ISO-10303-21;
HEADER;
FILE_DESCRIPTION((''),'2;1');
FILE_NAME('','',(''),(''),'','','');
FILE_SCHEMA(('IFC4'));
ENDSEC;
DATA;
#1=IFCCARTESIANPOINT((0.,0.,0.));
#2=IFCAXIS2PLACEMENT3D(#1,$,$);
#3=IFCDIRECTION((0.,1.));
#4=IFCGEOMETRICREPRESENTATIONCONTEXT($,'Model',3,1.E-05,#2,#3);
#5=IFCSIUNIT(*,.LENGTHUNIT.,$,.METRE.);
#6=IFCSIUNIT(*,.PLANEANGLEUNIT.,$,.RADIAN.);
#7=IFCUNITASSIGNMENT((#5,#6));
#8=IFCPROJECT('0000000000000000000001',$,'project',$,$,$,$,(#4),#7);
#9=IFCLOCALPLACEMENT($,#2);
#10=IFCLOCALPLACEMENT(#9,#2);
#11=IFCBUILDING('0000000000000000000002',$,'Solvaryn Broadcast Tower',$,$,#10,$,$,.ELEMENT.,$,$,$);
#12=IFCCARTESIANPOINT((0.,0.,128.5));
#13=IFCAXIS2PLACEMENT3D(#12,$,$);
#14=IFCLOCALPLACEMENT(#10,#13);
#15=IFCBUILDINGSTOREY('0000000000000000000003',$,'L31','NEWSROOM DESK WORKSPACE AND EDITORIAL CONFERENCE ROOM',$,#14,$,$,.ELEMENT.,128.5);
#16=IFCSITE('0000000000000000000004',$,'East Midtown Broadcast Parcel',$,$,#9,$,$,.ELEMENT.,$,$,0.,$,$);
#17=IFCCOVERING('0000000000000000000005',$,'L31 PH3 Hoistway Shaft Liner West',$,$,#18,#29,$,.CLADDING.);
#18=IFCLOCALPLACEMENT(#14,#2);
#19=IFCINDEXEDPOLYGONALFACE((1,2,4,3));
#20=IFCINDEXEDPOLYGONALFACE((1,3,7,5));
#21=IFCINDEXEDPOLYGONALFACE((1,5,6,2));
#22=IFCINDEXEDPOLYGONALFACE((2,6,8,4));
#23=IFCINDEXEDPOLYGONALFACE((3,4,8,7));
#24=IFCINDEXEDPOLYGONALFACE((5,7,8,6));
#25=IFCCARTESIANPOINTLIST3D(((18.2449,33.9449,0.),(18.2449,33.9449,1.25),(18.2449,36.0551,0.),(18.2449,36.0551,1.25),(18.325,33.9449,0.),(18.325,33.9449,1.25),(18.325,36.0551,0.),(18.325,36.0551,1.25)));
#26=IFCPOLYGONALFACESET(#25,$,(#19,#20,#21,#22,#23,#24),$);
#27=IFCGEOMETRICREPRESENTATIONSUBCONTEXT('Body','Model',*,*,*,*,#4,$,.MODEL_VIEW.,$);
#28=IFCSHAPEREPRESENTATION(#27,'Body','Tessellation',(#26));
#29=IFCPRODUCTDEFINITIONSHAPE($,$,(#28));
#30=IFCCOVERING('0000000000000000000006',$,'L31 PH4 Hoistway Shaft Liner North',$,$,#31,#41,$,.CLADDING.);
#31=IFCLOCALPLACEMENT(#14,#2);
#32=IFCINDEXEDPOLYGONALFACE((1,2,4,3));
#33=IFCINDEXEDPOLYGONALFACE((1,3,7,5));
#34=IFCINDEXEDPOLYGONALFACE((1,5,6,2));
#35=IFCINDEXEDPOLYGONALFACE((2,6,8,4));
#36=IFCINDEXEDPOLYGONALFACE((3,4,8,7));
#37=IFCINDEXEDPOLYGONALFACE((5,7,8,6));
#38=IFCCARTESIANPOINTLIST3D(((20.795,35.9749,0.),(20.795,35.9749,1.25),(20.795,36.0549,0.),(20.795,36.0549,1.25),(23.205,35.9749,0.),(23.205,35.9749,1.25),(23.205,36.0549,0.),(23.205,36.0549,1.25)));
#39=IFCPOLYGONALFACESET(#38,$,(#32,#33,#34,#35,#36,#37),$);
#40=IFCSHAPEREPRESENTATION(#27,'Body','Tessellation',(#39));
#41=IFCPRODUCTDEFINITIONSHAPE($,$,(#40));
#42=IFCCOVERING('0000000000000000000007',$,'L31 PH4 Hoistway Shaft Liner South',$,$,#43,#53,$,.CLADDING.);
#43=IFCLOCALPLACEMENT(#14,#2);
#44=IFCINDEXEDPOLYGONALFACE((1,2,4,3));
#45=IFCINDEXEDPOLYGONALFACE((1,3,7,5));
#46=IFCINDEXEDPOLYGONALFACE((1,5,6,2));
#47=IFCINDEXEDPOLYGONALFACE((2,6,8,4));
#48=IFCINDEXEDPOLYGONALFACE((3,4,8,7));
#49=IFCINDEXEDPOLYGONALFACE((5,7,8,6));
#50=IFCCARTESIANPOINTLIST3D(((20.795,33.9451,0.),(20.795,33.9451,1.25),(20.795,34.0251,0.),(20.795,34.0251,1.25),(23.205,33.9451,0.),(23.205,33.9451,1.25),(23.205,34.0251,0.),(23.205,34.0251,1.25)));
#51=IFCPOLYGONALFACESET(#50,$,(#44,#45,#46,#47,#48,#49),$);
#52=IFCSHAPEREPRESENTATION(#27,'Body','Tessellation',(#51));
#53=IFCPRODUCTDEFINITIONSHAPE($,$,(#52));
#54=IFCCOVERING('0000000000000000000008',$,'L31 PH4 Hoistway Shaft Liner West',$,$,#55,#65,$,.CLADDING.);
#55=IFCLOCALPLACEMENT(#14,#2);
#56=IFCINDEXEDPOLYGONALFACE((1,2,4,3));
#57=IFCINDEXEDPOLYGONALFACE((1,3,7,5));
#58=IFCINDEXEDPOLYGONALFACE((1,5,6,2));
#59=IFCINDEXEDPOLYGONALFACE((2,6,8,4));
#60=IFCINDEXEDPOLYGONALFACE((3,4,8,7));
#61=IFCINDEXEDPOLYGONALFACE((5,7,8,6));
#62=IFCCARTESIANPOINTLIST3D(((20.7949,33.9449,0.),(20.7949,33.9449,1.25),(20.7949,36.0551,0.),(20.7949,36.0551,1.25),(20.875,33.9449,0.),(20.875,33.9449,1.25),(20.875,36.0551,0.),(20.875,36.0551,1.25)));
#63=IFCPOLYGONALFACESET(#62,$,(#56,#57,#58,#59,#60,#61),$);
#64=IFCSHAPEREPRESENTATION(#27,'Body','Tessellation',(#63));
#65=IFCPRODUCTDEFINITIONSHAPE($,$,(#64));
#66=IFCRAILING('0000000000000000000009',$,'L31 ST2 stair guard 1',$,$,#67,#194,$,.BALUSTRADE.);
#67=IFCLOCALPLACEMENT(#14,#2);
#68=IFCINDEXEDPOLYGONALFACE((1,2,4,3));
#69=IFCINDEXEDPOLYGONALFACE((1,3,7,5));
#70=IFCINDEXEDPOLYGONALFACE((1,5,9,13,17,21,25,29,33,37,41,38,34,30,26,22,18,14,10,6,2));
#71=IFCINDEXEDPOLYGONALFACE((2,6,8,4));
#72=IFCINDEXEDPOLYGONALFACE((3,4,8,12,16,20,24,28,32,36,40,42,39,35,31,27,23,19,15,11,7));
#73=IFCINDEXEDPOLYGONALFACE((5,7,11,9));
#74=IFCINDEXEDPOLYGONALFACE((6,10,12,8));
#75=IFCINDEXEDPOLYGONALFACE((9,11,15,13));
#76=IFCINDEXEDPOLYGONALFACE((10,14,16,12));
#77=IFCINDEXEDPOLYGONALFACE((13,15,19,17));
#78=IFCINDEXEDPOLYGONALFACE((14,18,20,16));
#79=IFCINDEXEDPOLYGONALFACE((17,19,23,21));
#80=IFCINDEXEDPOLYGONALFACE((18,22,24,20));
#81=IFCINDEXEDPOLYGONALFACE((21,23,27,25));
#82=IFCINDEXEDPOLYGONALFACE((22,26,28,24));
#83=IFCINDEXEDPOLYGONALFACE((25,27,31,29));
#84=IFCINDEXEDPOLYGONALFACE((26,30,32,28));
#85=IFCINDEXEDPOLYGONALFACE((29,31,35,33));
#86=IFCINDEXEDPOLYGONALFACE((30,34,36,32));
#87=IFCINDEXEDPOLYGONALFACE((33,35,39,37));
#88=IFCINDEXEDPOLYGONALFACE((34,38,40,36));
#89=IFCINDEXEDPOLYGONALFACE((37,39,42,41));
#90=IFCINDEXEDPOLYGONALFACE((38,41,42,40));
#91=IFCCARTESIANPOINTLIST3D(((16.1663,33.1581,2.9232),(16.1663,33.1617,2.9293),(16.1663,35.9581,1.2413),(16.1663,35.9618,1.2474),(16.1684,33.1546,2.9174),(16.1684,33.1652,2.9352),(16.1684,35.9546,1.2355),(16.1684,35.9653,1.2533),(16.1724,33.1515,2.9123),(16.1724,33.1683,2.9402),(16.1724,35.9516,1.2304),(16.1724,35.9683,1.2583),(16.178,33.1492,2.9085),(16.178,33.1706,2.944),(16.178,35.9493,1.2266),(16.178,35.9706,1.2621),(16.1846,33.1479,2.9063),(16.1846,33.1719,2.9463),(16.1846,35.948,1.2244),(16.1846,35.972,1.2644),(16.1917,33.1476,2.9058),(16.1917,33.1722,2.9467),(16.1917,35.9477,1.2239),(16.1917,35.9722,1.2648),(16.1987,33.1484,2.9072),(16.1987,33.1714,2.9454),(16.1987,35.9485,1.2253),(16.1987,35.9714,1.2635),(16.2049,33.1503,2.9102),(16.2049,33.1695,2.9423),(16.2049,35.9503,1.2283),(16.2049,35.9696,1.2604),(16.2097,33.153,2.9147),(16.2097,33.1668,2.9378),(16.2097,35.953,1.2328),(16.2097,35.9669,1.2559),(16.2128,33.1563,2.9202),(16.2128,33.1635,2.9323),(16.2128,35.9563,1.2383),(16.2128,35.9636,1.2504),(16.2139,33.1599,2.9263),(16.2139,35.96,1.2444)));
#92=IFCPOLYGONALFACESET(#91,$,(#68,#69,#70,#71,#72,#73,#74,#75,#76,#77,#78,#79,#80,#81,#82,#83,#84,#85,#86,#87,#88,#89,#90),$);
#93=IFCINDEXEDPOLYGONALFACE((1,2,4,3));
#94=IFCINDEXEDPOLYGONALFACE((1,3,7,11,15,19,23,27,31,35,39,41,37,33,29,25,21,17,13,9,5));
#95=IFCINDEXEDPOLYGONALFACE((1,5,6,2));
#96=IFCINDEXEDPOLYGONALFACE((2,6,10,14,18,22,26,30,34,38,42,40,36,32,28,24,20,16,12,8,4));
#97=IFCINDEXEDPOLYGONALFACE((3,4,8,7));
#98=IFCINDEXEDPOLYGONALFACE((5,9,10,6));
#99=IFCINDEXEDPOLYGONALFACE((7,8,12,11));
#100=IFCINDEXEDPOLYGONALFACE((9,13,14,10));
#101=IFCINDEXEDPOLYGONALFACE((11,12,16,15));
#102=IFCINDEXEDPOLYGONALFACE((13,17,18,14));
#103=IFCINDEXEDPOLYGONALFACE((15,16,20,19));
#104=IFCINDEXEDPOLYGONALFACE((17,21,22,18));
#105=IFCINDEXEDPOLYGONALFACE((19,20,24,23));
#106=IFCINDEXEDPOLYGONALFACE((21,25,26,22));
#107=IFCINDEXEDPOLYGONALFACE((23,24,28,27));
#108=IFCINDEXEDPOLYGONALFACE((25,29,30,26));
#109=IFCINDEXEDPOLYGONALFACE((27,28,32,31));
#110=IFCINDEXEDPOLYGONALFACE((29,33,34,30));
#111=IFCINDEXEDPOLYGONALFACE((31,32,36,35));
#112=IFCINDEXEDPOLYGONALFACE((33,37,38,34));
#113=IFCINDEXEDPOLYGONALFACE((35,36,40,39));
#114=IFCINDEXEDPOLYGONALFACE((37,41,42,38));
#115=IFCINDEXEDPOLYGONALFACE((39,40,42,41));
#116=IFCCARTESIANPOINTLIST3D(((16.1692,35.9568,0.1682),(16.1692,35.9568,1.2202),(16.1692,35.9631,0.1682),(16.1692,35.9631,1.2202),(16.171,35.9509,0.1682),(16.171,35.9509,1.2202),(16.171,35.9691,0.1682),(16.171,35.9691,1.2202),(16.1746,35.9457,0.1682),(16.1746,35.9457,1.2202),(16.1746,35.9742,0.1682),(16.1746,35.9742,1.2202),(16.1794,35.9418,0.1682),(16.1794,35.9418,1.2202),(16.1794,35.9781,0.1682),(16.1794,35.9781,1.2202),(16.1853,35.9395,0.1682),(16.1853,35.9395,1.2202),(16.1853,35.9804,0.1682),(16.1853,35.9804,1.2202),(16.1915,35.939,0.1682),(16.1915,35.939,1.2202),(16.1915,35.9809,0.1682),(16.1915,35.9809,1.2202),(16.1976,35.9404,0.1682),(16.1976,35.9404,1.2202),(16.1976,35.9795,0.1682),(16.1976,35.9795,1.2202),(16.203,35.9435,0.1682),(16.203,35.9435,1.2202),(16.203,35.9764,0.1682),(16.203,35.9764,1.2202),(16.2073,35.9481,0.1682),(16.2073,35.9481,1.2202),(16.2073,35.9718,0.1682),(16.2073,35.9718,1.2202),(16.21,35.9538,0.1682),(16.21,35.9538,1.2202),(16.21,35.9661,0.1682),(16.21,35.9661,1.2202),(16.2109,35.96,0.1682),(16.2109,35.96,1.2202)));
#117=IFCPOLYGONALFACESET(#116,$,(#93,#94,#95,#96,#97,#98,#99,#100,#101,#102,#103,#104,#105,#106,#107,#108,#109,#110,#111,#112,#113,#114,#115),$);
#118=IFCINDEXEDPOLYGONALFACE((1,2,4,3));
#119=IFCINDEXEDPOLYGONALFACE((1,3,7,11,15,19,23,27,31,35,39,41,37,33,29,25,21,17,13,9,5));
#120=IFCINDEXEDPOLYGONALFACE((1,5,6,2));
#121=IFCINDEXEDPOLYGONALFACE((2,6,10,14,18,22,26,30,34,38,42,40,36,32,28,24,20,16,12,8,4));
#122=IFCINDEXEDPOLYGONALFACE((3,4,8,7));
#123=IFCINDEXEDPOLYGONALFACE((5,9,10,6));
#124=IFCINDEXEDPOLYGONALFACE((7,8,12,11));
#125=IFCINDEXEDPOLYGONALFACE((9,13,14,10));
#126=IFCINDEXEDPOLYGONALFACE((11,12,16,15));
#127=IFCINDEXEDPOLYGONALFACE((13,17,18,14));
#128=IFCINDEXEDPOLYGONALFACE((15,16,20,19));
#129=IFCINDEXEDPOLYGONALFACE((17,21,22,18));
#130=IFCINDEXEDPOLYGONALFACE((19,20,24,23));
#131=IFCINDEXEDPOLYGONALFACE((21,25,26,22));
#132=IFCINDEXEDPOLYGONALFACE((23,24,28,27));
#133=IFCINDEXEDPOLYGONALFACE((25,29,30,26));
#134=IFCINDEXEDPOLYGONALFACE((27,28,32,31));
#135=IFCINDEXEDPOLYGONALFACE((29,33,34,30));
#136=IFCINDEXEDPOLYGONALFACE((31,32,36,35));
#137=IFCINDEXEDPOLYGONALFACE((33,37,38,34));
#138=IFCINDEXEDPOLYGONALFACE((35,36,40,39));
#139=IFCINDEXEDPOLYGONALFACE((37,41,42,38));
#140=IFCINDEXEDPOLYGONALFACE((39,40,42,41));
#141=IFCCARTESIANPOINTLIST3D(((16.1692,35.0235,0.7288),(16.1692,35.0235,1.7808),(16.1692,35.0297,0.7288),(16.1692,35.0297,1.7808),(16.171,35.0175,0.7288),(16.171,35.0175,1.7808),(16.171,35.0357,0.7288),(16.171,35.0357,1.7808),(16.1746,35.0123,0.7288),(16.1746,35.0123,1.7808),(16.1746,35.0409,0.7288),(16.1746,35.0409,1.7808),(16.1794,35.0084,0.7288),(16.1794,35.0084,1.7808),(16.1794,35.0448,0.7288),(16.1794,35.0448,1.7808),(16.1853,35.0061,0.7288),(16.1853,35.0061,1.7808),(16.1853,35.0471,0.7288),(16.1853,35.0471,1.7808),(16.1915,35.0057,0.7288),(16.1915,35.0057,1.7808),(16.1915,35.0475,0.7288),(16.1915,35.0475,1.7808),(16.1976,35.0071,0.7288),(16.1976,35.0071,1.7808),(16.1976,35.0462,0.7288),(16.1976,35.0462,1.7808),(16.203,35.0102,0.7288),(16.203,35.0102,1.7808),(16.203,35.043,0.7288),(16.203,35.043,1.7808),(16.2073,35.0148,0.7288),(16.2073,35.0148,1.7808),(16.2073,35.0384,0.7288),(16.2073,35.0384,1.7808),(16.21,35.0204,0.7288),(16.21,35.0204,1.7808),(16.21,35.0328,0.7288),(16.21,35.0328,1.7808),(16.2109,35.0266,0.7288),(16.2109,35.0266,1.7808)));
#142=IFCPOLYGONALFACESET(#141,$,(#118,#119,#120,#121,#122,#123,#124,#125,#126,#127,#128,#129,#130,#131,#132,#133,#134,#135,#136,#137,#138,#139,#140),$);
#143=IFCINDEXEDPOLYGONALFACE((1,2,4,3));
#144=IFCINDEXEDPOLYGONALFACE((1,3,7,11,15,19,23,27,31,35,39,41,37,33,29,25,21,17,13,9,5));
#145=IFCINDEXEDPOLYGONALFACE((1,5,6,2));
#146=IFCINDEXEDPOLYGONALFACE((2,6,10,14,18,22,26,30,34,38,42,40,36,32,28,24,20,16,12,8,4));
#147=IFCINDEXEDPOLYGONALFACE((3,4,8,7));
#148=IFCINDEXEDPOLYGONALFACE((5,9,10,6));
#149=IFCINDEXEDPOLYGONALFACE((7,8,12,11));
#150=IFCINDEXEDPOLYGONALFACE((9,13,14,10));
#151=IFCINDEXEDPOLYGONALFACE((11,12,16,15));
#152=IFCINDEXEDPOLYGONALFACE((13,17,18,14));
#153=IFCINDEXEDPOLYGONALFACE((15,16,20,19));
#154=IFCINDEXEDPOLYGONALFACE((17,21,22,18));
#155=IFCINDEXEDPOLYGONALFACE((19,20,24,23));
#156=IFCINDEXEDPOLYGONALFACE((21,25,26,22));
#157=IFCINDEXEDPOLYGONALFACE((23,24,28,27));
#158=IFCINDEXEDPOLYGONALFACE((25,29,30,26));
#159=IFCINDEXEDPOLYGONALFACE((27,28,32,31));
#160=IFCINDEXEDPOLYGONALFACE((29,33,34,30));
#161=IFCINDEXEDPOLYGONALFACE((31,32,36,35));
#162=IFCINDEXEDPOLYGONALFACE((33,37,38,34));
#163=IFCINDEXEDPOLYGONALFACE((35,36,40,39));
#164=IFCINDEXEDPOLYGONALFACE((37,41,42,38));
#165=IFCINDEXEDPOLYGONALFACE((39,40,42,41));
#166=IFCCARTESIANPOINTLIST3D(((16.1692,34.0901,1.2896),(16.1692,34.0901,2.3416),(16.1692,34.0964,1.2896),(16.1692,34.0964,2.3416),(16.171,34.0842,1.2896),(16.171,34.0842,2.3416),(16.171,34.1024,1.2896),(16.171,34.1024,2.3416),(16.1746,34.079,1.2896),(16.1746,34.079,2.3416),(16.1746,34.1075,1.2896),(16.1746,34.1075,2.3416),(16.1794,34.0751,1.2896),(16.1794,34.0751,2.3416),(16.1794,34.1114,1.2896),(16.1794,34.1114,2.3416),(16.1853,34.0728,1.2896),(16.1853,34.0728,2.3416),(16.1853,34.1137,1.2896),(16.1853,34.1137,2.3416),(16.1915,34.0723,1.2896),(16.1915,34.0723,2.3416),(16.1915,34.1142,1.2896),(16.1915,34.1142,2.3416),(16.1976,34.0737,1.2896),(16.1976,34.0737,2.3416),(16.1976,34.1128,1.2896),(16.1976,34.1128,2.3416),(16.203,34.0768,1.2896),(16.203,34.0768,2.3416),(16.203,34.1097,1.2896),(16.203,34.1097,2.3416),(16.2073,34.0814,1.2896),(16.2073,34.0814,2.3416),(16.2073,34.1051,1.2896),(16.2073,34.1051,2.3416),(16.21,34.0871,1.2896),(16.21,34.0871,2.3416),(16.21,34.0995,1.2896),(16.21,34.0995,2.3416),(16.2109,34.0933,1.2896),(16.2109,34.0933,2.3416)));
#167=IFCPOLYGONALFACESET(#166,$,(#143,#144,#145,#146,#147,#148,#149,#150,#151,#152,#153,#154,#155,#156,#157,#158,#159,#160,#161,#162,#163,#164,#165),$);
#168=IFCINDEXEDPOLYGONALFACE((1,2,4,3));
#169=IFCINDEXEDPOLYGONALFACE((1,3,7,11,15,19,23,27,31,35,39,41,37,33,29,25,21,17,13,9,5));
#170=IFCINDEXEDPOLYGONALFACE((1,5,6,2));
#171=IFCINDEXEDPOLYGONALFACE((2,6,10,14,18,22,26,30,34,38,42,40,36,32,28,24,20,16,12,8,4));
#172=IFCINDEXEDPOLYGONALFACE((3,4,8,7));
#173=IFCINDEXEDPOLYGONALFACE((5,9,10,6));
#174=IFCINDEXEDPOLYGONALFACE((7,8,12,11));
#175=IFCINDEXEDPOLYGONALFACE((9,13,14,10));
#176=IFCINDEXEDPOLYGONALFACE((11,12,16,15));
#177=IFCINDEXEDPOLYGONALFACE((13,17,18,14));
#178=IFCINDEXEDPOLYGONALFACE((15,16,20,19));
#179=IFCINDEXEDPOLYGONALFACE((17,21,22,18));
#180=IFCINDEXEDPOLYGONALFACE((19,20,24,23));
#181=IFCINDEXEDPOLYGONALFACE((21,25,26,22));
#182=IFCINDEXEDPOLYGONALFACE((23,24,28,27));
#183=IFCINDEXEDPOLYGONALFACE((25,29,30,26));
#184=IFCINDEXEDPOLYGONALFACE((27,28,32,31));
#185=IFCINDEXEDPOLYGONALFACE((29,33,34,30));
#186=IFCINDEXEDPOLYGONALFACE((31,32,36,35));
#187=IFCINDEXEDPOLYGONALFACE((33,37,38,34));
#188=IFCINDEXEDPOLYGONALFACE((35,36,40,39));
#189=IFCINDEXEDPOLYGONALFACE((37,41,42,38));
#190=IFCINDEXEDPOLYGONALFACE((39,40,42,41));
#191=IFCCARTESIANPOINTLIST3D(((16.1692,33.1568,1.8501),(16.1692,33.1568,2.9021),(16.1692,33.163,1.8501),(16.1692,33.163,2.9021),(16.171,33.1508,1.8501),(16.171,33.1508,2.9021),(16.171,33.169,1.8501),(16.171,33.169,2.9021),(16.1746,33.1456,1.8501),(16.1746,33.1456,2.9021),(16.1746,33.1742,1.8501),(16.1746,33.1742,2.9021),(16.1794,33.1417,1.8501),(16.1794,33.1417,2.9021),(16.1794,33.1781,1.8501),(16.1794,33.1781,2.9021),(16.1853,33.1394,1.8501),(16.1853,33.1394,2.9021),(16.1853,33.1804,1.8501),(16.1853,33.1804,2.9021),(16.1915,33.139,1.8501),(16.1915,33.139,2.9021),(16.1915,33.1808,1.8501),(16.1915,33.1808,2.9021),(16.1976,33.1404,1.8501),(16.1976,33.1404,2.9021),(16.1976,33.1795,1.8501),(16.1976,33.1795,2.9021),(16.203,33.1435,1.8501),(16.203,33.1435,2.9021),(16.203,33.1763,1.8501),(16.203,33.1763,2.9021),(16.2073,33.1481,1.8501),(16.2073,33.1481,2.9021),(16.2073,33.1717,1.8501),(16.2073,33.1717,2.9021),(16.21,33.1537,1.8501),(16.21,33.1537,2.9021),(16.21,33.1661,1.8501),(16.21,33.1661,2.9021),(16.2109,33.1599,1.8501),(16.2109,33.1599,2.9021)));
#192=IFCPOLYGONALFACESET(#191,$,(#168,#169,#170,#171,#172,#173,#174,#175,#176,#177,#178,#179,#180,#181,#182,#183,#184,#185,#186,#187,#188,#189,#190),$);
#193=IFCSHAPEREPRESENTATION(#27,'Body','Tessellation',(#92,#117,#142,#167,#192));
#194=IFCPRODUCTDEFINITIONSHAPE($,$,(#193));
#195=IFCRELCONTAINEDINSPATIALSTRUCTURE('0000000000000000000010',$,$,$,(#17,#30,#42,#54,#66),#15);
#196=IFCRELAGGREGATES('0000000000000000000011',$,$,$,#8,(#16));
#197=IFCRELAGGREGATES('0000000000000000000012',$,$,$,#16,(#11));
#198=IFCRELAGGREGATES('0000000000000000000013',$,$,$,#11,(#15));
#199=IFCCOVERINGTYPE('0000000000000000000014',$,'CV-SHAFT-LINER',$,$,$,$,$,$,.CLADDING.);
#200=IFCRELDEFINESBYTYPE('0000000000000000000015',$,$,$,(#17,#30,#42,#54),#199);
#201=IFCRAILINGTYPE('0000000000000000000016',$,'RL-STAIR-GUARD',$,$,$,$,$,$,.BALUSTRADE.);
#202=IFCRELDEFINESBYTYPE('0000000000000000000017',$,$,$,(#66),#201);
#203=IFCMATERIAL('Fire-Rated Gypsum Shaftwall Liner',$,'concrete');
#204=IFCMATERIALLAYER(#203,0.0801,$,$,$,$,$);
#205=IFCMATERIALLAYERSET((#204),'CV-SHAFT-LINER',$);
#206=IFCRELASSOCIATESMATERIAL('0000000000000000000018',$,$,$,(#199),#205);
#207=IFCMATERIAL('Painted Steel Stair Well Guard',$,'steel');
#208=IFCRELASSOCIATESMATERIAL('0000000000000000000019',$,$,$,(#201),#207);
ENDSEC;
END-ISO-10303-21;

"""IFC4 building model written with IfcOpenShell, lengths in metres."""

from ifc_helpers import new_model, si_unit, direction, frame, origin, origin_2d, place, context, subcontext, project, spatial, rectangle, circle, extrude, material, layer, layer_set, type_object, element, save


model = new_model("IFC4")

# Units and contexts
model_context = context("Model", 3, precision=1e-05, world=origin(), true_north=direction((0.0, 1.0)))
body_context = subcontext(model_context, "Body", "Model", "MODEL_VIEW")
ifc_project = project(units=[si_unit("LENGTHUNIT", "METRE"), si_unit("PLANEANGLEUNIT", "RADIAN")], contexts=[model_context])

# Site, building, storey
site_placement = place(None, origin())
site = spatial("IfcSite", under=ifc_project, at=site_placement, Name="East Midtown Broadcast Parcel", CompositionType="ELEMENT", RefElevation=0.0)
building_placement = place(site_placement, origin())
building = spatial("IfcBuilding", under=site, at=building_placement, Name="Solvaryn Broadcast Tower", CompositionType="ELEMENT")
storey_placement = place(building_placement, frame((0.0, 0.0, 128.5)))
storey = spatial("IfcBuildingStorey", under=building, at=storey_placement, Name="L31", Description="NEWSROOM DESK WORKSPACE AND EDITORIAL CONFERENCE ROOM", CompositionType="ELEMENT", Elevation=128.5)

# Coverings
ifc_material_1 = material(Name="Fire-Rated Gypsum Shaftwall Liner", Category="concrete")
ifc_layer_1 = layer(ifc_material_1, 0.0801)
ifc_layer_set_1 = layer_set([ifc_layer_1], Name="CV-SHAFT-LINER")
covering_type = type_object("IfcCoveringType", Name="CV-SHAFT-LINER", PredefinedType="CLADDING", material=ifc_layer_set_1)
for number, where, z_axis, x_axis, name in (
    (1, (18.2849, 35.0, 0.0), (0.0, 0.0, 1.0), (1.0, 0.0, 0.0), "L31 PH3 Hoistway Shaft Liner West"),
):
    element("IfcCovering", number, at=place(storey_placement, frame(where, z_axis=z_axis, x_axis=x_axis)), inside=storey, type_object=covering_type, Name=name, PredefinedType="CLADDING", context=body_context, shape_type="SweptSolid", body=[
        extrude(rectangle(XDim=0.0801, YDim=2.1101, at=origin_2d()), origin(), (0.0, 0.0, 1.0), 1.25),
    ])
for number, where, z_axis, x_axis, name in (
    (2, (22.0, 36.0149, 0.0), (0.0, 0.0, 1.0), (1.0, 0.0, 0.0), "L31 PH4 Hoistway Shaft Liner North"),
    (3, (22.0, 33.9851, 0.0), (0.0, 0.0, 1.0), (1.0, 0.0, 0.0), "L31 PH4 Hoistway Shaft Liner South"),
):
    element("IfcCovering", number, at=place(storey_placement, frame(where, z_axis=z_axis, x_axis=x_axis)), inside=storey, type_object=covering_type, Name=name, PredefinedType="CLADDING", context=body_context, shape_type="SweptSolid", body=[
        extrude(rectangle(XDim=2.4099, YDim=0.0801, at=origin_2d()), origin(), (0.0, 0.0, 1.0), 1.25),
    ])
covering_1_placement = place(storey_placement, frame((20.835, 35.0, 0.0), z_axis=(0.0, 0.0, 1.0), x_axis=(1.0, 0.0, 0.0)))
element("IfcCovering", 4, at=covering_1_placement, inside=storey, type_object=covering_type, Name="L31 PH4 Hoistway Shaft Liner West", PredefinedType="CLADDING", context=body_context, shape_type="SweptSolid", body=[
    extrude(rectangle(XDim=0.0801, YDim=2.1101, at=origin_2d()), origin(), (0.0, 0.0, 1.0), 1.25),
])

# Railing
ifc_material_2 = material(Name="Painted Steel Stair Well Guard", Category="steel")
railing_type_1 = type_object("IfcRailingType", Name="RL-STAIR-GUARD", PredefinedType="BALUSTRADE", material=ifc_material_2)
railing_1_placement = place(storey_placement, frame((16.1899, 35.96, 0.1682)))
element("IfcRailing", 5, at=railing_1_placement, inside=storey, type_object=railing_type_1, Name="L31 ST2 stair guard 1", PredefinedType="BALUSTRADE", context=body_context, shape_type="SweptSolid", body=[
    extrude(circle(Radius=0.0239, at=origin_2d()), frame((0.0, 0.0, 1.0762), z_axis=(0.0, -0.857242, 0.514913), x_axis=(1.0, 0.0, 0.0)), (0.0, 0.0, 1.0), 3.2664),
    extrude(circle(Radius=0.021, at=origin_2d()), origin(), (0.0, 0.0, 1.0), 1.052),
    extrude(circle(Radius=0.021, at=origin_2d()), frame((0.0, -0.9333, 0.5605)), (0.0, 0.0, 1.0), 1.052),
    extrude(circle(Radius=0.021, at=origin_2d()), frame((0.0, -1.8667, 1.1213)), (0.0, 0.0, 1.0), 1.052),
    extrude(circle(Radius=0.021, at=origin_2d()), frame((0.0, -2.8, 1.6819)), (0.0, 0.0, 1.0), 1.052),
])

save(model, "model.ifc")
